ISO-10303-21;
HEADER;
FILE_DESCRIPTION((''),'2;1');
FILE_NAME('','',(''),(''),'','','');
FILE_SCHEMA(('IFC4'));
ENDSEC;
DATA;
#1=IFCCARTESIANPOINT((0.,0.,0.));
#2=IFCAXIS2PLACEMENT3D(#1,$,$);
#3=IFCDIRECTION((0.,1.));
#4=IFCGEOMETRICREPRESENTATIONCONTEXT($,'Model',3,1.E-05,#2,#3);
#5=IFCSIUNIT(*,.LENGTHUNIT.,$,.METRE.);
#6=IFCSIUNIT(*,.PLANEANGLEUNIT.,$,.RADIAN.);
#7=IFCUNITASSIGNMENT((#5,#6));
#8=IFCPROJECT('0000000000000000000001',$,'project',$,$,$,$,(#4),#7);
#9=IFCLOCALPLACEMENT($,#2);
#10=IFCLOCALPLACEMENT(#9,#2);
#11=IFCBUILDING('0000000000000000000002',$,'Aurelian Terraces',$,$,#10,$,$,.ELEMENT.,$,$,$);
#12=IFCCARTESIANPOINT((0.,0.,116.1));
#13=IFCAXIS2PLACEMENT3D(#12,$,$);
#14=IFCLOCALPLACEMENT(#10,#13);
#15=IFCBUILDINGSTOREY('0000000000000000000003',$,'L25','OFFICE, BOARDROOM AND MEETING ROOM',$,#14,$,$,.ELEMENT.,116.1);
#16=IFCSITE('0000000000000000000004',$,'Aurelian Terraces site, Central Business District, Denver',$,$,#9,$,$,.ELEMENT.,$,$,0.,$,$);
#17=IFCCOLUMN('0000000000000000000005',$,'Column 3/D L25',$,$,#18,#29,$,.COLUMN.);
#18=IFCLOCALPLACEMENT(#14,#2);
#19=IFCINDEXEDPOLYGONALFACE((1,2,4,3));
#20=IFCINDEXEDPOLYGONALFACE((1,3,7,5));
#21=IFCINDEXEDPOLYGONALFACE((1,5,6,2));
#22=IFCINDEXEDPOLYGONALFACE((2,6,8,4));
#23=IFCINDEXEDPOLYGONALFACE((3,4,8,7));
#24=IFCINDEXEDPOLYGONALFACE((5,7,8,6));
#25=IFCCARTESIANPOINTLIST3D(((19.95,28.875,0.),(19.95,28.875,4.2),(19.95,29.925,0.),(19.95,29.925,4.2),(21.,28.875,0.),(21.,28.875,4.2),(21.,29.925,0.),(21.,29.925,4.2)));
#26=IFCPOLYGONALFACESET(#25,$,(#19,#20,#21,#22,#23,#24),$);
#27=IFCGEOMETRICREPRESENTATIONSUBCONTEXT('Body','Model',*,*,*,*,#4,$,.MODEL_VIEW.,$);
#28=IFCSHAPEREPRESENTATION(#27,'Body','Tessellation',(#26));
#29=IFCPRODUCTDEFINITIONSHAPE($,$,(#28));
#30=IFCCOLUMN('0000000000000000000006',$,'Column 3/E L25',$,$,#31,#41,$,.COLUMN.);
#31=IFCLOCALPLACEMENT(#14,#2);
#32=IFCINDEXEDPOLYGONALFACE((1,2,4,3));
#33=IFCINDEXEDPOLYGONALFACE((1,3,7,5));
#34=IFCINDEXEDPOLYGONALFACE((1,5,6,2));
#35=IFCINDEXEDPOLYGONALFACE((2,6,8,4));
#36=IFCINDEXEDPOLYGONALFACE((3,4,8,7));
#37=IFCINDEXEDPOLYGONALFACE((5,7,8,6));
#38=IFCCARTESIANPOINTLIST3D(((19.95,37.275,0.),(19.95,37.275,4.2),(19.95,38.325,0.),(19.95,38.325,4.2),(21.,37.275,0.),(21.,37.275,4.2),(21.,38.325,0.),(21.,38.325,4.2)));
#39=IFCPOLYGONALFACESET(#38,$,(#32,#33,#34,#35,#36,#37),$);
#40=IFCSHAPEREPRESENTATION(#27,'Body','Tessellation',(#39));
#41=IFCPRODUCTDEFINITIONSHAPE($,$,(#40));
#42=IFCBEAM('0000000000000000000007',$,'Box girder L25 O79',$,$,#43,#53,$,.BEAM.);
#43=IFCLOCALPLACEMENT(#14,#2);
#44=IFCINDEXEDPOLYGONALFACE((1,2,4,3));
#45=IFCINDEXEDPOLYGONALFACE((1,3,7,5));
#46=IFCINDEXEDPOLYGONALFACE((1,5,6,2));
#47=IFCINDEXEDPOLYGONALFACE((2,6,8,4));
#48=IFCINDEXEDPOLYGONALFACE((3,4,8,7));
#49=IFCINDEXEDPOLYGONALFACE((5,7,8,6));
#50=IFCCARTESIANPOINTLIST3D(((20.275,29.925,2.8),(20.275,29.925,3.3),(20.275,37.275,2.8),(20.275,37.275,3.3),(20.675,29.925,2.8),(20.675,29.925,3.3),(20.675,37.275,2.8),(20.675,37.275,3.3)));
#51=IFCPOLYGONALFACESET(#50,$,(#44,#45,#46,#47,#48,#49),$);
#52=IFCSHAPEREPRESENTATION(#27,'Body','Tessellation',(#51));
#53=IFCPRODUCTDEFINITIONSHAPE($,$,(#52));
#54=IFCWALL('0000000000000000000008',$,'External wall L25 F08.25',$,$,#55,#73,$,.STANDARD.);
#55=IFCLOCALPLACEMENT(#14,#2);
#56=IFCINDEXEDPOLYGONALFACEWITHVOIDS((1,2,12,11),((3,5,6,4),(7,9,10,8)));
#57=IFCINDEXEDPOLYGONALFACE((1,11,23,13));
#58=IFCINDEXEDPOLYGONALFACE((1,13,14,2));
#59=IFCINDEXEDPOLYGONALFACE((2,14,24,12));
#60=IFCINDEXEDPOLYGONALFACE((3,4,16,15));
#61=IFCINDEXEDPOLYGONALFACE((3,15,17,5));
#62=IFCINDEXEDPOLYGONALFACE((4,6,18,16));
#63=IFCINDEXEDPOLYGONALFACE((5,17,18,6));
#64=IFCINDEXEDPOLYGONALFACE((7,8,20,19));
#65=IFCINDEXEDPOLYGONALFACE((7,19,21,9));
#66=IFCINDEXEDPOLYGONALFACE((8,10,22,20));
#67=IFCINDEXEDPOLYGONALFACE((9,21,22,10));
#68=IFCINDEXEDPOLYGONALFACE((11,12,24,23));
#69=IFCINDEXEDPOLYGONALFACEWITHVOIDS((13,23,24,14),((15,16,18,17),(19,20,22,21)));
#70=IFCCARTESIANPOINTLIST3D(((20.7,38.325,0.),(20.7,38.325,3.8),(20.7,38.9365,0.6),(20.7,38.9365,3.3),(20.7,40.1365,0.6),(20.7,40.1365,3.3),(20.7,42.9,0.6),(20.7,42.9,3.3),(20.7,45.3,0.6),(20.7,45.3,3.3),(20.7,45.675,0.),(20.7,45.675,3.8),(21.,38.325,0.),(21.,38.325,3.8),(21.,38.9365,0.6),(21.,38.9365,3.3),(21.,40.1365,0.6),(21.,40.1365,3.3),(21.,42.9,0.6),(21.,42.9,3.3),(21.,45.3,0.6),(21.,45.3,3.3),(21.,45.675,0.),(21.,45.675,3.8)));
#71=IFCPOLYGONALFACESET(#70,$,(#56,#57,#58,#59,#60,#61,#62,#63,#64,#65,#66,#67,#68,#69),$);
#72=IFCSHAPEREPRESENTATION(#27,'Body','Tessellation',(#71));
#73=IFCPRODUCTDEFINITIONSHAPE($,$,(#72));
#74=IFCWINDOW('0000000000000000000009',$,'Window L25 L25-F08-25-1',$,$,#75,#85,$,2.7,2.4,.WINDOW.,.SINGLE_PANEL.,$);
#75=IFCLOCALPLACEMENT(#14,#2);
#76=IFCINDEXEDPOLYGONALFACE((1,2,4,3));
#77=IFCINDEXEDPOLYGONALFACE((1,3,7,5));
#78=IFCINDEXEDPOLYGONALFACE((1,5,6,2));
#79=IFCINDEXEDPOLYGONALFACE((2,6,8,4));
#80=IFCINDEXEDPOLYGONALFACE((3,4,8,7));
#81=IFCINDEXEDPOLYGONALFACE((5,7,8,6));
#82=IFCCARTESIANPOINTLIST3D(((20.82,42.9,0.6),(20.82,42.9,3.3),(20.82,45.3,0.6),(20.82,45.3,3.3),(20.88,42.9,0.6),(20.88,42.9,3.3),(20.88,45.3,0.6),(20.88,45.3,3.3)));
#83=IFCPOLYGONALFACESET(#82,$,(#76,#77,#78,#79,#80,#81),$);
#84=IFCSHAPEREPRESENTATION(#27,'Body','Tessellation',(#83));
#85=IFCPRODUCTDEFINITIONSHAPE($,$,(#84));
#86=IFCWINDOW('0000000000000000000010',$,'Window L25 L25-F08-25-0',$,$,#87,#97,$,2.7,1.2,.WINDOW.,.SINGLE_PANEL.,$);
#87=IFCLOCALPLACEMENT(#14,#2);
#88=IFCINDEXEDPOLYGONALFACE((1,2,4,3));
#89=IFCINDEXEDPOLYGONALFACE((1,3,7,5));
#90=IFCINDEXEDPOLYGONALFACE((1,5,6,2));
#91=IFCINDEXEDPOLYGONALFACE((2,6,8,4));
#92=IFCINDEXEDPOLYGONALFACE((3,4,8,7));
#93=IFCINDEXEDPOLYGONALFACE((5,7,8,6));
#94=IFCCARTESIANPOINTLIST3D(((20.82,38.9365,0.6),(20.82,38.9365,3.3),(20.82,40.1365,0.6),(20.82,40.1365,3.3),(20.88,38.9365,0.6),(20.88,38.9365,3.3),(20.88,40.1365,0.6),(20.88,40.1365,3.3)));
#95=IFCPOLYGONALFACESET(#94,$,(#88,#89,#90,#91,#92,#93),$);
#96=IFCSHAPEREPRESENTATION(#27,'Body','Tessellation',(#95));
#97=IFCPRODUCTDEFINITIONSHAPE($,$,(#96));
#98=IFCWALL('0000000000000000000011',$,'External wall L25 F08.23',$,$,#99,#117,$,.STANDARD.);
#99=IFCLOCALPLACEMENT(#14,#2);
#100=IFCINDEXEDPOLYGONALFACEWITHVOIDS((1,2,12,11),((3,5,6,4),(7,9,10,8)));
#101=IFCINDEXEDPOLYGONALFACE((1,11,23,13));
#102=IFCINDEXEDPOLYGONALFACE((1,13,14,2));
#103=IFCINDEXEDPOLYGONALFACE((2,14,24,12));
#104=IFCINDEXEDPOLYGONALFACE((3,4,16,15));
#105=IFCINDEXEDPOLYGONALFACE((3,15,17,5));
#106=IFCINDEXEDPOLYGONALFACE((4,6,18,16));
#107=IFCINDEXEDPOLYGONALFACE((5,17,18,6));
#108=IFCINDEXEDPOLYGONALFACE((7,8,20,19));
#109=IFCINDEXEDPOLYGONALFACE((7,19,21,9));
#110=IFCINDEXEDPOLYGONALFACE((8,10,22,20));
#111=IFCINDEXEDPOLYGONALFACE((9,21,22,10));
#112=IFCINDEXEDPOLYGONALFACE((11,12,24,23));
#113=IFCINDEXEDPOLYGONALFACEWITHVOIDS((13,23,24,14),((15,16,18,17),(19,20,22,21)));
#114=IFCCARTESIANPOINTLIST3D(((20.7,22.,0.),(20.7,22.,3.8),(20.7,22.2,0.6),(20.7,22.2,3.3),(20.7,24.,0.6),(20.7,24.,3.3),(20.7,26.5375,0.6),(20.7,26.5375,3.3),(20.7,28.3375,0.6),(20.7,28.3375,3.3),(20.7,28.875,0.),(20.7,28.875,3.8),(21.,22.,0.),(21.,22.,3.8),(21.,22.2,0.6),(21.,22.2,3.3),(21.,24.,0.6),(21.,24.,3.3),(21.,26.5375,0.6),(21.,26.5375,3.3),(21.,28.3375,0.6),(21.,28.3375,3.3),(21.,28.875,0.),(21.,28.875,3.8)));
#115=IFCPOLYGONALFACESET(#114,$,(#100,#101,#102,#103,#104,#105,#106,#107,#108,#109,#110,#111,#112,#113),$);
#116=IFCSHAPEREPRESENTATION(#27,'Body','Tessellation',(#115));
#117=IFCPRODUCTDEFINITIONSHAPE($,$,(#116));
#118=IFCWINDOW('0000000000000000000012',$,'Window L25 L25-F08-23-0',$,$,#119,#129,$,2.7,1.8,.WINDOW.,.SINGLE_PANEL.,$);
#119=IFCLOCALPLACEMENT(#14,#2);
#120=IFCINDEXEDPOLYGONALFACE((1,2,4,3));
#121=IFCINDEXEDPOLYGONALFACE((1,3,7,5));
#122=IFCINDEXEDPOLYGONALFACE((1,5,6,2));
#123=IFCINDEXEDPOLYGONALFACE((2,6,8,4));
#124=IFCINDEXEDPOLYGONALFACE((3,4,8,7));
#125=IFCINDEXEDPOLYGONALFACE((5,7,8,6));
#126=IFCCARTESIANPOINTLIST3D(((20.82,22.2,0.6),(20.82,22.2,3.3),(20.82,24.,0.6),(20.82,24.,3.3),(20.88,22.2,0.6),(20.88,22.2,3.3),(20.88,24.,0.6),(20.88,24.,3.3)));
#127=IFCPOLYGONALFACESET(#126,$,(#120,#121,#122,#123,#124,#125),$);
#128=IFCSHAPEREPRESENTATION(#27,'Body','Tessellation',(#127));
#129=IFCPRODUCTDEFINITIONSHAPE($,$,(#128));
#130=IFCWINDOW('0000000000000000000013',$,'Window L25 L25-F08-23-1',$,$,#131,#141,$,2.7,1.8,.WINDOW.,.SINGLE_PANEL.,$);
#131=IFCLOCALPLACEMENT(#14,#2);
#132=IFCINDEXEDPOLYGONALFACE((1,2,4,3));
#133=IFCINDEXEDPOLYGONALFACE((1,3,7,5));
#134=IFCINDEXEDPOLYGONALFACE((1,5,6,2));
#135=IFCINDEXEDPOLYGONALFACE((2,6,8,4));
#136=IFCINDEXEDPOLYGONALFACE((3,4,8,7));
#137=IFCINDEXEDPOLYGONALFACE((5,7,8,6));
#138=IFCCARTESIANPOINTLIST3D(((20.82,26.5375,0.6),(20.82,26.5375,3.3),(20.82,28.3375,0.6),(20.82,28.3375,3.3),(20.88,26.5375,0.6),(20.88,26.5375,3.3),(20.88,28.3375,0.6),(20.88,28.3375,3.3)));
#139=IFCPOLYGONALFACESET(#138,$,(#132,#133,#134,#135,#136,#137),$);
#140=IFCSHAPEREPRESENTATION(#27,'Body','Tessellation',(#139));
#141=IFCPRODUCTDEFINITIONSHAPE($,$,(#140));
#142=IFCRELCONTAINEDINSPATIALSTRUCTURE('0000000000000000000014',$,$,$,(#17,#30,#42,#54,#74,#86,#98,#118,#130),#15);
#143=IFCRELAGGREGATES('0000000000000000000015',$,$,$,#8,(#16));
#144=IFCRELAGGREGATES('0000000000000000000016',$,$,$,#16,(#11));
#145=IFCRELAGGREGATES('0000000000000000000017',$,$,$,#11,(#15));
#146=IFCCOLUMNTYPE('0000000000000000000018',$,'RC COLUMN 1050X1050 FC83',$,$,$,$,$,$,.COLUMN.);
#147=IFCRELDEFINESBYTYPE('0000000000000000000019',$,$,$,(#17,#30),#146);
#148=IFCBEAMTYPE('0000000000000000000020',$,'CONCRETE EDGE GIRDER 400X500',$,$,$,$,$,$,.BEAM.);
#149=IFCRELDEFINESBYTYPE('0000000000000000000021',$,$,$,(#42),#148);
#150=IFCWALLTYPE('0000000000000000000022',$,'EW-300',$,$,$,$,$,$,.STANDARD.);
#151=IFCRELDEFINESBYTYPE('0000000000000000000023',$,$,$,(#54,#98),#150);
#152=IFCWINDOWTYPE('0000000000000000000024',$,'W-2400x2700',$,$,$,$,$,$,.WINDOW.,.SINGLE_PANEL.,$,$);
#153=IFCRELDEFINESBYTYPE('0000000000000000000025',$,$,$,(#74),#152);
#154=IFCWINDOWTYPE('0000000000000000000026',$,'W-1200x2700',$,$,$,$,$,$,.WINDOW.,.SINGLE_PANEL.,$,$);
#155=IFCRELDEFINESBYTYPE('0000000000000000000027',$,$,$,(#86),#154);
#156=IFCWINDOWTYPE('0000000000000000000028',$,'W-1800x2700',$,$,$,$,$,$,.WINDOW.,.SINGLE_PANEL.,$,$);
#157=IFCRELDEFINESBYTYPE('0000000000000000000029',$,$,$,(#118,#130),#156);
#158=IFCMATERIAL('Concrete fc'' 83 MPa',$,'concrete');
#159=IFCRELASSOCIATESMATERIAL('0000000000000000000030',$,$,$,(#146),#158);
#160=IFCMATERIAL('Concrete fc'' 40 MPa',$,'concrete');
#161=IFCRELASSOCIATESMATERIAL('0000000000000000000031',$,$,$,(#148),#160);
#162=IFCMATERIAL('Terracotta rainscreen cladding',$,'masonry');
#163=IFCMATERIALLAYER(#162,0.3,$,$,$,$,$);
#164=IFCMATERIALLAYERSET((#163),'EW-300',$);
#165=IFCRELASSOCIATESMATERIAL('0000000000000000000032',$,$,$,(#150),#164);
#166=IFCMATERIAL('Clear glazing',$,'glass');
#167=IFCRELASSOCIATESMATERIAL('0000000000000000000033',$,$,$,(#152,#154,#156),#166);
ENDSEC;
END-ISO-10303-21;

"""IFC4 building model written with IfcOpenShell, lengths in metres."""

from ifc_helpers import new_model, si_unit, direction, frame, frame_2d, origin, origin_2d, place, context, subcontext, project, spatial, rectangle, extrude, source, transform, mapped, material, layer, layer_set, material_profile, profile_set, type_object, element, fill, save


model = new_model("IFC4")

# Units and contexts
model_context = context("Model", 3, precision=1e-05, world=origin(), true_north=direction((0.0, 1.0)))
body_context = subcontext(model_context, "Body", "Model", "MODEL_VIEW")
ifc_project = project(units=[si_unit("LENGTHUNIT", "METRE"), si_unit("PLANEANGLEUNIT", "RADIAN")], contexts=[model_context])

# Site, building, storey
site_placement = place(None, origin())
site = spatial("IfcSite", under=ifc_project, at=site_placement, Name="Aurelian Terraces site, Central Business District, Denver", CompositionType="ELEMENT", RefElevation=0.0)
building_placement = place(site_placement, origin())
building = spatial("IfcBuilding", under=site, at=building_placement, Name="Aurelian Terraces", CompositionType="ELEMENT")
storey_placement = place(building_placement, frame((0.0, 0.0, 116.1)))
storey = spatial("IfcBuildingStorey", under=building, at=storey_placement, Name="L25", Description="OFFICE, BOARDROOM AND MEETING ROOM", CompositionType="ELEMENT", Elevation=116.1)

# Columns
ifc_material_1 = material(Name="Concrete fc' 83 MPa", Category="concrete")
ifc_material_profile_1 = material_profile(ifc_material_1, rectangle(XDim=1.05, YDim=1.05, at=origin_2d()))
ifc_profile_set_1 = profile_set([ifc_material_profile_1], Name="Concrete fc' 83 MPa")
column_type = type_object("IfcColumnType", Name="RC COLUMN 1050X1050 FC83", PredefinedType="COLUMN", material=ifc_profile_set_1)
shared_shape_1 = source(origin(), body_context, "Body", "SweptSolid", [
    extrude(rectangle(XDim=1.05, YDim=1.05, at=origin_2d()), origin(), (0.0, 0.0, 1.0), 4.2),
])
for number, where, z_axis, x_axis, name in (
    (1, (20.475, 29.4, 0.0), (0.0, 0.0, 1.0), (1.0, 0.0, 0.0), "Column 3/D L25"),
    (2, (20.475, 37.8, 0.0), (0.0, 0.0, 1.0), (1.0, 0.0, 0.0), "Column 3/E L25"),
):
    element("IfcColumn", number, at=place(storey_placement, frame(where, z_axis=z_axis, x_axis=x_axis)), inside=storey, type_object=column_type, Name=name, PredefinedType="COLUMN", context=body_context, shape_type="MappedRepresentation", body=[
        mapped(shared_shape_1, transform((0.0, 0.0, 0.0), scale=1.0)),
    ])

# Beam
ifc_material_2 = material(Name="Concrete fc' 40 MPa", Category="concrete")
ifc_material_profile_2 = material_profile(ifc_material_2, rectangle(XDim=0.4, YDim=0.5, at=origin_2d()))
ifc_profile_set_2 = profile_set([ifc_material_profile_2], Name="Concrete fc' 40 MPa")
beam_type = type_object("IfcBeamType", Name="CONCRETE EDGE GIRDER 400X500", PredefinedType="BEAM", material=ifc_profile_set_2)
shared_shape_2 = source(origin(), body_context, "Body", "SweptSolid", [
    extrude(rectangle(XDim=0.4, YDim=0.5, at=origin_2d()), origin(), (0.0, 0.0, 1.0), 7.35),
])
beam_placement = place(storey_placement, frame((20.475, 29.925, 3.05), z_axis=(0.0, 1.0, 0.0), x_axis=(-1.0, 0.0, 0.0)))
element("IfcBeam", 3, at=beam_placement, inside=storey, type_object=beam_type, Name="Box girder L25 O79", PredefinedType="BEAM", context=body_context, shape_type="MappedRepresentation", body=[
    mapped(shared_shape_2, transform((0.0, 0.0, 0.0), scale=1.0)),
])

# Walls, openings, windows
ifc_material_3 = material(Name="Terracotta rainscreen cladding", Category="masonry")
ifc_layer_1 = layer(ifc_material_3, 0.3)
ifc_layer_set_1 = layer_set([ifc_layer_1], Name="EW-300")
wall_type_1 = type_object("IfcWallType", Name="EW-300", PredefinedType="STANDARD", material=ifc_layer_set_1)
shared_shape_3 = source(origin(), body_context, "Body", "SweptSolid", [
    extrude(rectangle(XDim=7.35, YDim=0.3, at=frame_2d((3.675, 0.0))), origin(), (0.0, 0.0, 1.0), 3.8),
])
wall_1_placement = place(storey_placement, frame((20.85, 38.325, 0.0), z_axis=(0.0, 0.0, 1.0), x_axis=(0.0, 1.0, 0.0)))
wall_1 = element("IfcWall", 4, at=wall_1_placement, inside=storey, type_object=wall_type_1, Name="External wall L25 F08.25", PredefinedType="STANDARD", context=body_context, shape_type="MappedRepresentation", body=[
    mapped(shared_shape_3, transform((0.0, 0.0, 0.0), scale=1.0)),
])
shared_shape_4 = source(origin(), body_context, "Body", "SweptSolid", [
    extrude(rectangle(XDim=1.2, YDim=2.7, at=frame_2d((0.6, 1.35))), frame((0.0, 0.16, 0.0), z_axis=(0.0, -1.0, 0.0), x_axis=(1.0, 0.0, 0.0)), (0.0, 0.0, 1.0), 0.32),
])
opening_1_placement = place(wall_1_placement, frame((0.6115, 0.0, 0.6)))
opening_1 = element("IfcOpeningElement", 5, at=opening_1_placement, cuts=wall_1, PredefinedType="OPENING", context=body_context, shape_type="MappedRepresentation", body=[
    mapped(shared_shape_4, transform((0.0, 0.0, 0.0), scale=1.0)),
])
shared_shape_5 = source(origin(), body_context, "Body", "SweptSolid", [
    extrude(rectangle(XDim=2.4, YDim=2.7, at=frame_2d((1.2, 1.35))), frame((0.0, 0.16, 0.0), z_axis=(0.0, -1.0, 0.0), x_axis=(1.0, 0.0, 0.0)), (0.0, 0.0, 1.0), 0.32),
])
opening_2_placement = place(wall_1_placement, frame((4.575, 0.0, 0.6)))
opening_2 = element("IfcOpeningElement", 6, at=opening_2_placement, cuts=wall_1, PredefinedType="OPENING", context=body_context, shape_type="MappedRepresentation", body=[
    mapped(shared_shape_5, transform((0.0, 0.0, 0.0), scale=1.0)),
])
ifc_material_4 = material(Name="Clear glazing", Category="glass")
window_type_1 = type_object("IfcWindowType", Name="W-2400x2700", PartitioningType="SINGLE_PANEL", PredefinedType="WINDOW", material=ifc_material_4)
shared_shape_6 = source(origin(), body_context, "Body", "SweptSolid", [
    extrude(rectangle(XDim=2.4, YDim=2.7, at=frame_2d((1.2, 1.35))), frame((0.0, 0.03, 0.0), z_axis=(0.0, -1.0, 0.0), x_axis=(1.0, 0.0, 0.0)), (0.0, 0.0, 1.0), 0.06),
])
window_1_placement = place(opening_2_placement, origin())
window_1 = element("IfcWindow", 7, at=window_1_placement, inside=storey, type_object=window_type_1, Name="Window L25 L25-F08-25-1", OverallHeight=2.7, OverallWidth=2.4, PartitioningType="SINGLE_PANEL", PredefinedType="WINDOW", context=body_context, shape_type="MappedRepresentation", body=[
    mapped(shared_shape_6, transform((0.0, 0.0, 0.0), scale=1.0)),
])
fill(opening_2, window_1)
window_type_2 = type_object("IfcWindowType", Name="W-1200x2700", PartitioningType="SINGLE_PANEL", PredefinedType="WINDOW", material=ifc_material_4)
shared_shape_7 = source(origin(), body_context, "Body", "SweptSolid", [
    extrude(rectangle(XDim=1.2, YDim=2.7, at=frame_2d((0.6, 1.35))), frame((0.0, 0.03, 0.0), z_axis=(0.0, -1.0, 0.0), x_axis=(1.0, 0.0, 0.0)), (0.0, 0.0, 1.0), 0.06),
])
window_2_placement = place(opening_1_placement, origin())
window_2 = element("IfcWindow", 8, at=window_2_placement, inside=storey, type_object=window_type_2, Name="Window L25 L25-F08-25-0", OverallHeight=2.7, OverallWidth=1.2, PartitioningType="SINGLE_PANEL", PredefinedType="WINDOW", context=body_context, shape_type="MappedRepresentation", body=[
    mapped(shared_shape_7, transform((0.0, 0.0, 0.0), scale=1.0)),
])
fill(opening_1, window_2)
shared_shape_8 = source(origin(), body_context, "Body", "SweptSolid", [
    extrude(rectangle(XDim=6.875, YDim=0.3, at=frame_2d((3.4375, 0.0))), origin(), (0.0, 0.0, 1.0), 3.8),
])
wall_2_placement = place(storey_placement, frame((20.85, 22.0, 0.0), z_axis=(0.0, 0.0, 1.0), x_axis=(0.0, 1.0, 0.0)))
wall_2 = element("IfcWall", 9, at=wall_2_placement, inside=storey, type_object=wall_type_1, Name="External wall L25 F08.23", PredefinedType="STANDARD", context=body_context, shape_type="MappedRepresentation", body=[
    mapped(shared_shape_8, transform((0.0, 0.0, 0.0), scale=1.0)),
])
shared_shape_9 = source(origin(), body_context, "Body", "SweptSolid", [
    extrude(rectangle(XDim=1.8, YDim=2.7, at=frame_2d((0.9, 1.35))), frame((0.0, 0.16, 0.0), z_axis=(0.0, -1.0, 0.0), x_axis=(1.0, 0.0, 0.0)), (0.0, 0.0, 1.0), 0.32),
])
opening_3_placement = place(wall_2_placement, frame((0.2, 0.0, 0.6)))
opening_3 = element("IfcOpeningElement", 10, at=opening_3_placement, cuts=wall_2, PredefinedType="OPENING", context=body_context, shape_type="MappedRepresentation", body=[
    mapped(shared_shape_9, transform((0.0, 0.0, 0.0), scale=1.0)),
])
opening_4_placement = place(wall_2_placement, frame((4.5375, 0.0, 0.6)))
opening_4 = element("IfcOpeningElement", 11, at=opening_4_placement, cuts=wall_2, PredefinedType="OPENING", context=body_context, shape_type="MappedRepresentation", body=[
    mapped(shared_shape_9, transform((0.0, 0.0, 0.0), scale=1.0)),
])
window_type_3 = type_object("IfcWindowType", Name="W-1800x2700", PartitioningType="SINGLE_PANEL", PredefinedType="WINDOW", material=ifc_material_4)
shared_shape_10 = source(origin(), body_context, "Body", "SweptSolid", [
    extrude(rectangle(XDim=1.8, YDim=2.7, at=frame_2d((0.9, 1.35))), frame((0.0, 0.03, 0.0), z_axis=(0.0, -1.0, 0.0), x_axis=(1.0, 0.0, 0.0)), (0.0, 0.0, 1.0), 0.06),
])
window_3_placement = place(opening_3_placement, origin())
window_3 = element("IfcWindow", 12, at=window_3_placement, inside=storey, type_object=window_type_3, Name="Window L25 L25-F08-23-0", OverallHeight=2.7, OverallWidth=1.8, PartitioningType="SINGLE_PANEL", PredefinedType="WINDOW", context=body_context, shape_type="MappedRepresentation", body=[
    mapped(shared_shape_10, transform((0.0, 0.0, 0.0), scale=1.0)),
])
fill(opening_3, window_3)
window_4_placement = place(opening_4_placement, origin())
window_4 = element("IfcWindow", 13, at=window_4_placement, inside=storey, type_object=window_type_3, Name="Window L25 L25-F08-23-1", OverallHeight=2.7, OverallWidth=1.8, PartitioningType="SINGLE_PANEL", PredefinedType="WINDOW", context=body_context, shape_type="MappedRepresentation", body=[
    mapped(shared_shape_10, transform((0.0, 0.0, 0.0), scale=1.0)),
])
fill(opening_4, window_4)

save(model, "model.ifc")
